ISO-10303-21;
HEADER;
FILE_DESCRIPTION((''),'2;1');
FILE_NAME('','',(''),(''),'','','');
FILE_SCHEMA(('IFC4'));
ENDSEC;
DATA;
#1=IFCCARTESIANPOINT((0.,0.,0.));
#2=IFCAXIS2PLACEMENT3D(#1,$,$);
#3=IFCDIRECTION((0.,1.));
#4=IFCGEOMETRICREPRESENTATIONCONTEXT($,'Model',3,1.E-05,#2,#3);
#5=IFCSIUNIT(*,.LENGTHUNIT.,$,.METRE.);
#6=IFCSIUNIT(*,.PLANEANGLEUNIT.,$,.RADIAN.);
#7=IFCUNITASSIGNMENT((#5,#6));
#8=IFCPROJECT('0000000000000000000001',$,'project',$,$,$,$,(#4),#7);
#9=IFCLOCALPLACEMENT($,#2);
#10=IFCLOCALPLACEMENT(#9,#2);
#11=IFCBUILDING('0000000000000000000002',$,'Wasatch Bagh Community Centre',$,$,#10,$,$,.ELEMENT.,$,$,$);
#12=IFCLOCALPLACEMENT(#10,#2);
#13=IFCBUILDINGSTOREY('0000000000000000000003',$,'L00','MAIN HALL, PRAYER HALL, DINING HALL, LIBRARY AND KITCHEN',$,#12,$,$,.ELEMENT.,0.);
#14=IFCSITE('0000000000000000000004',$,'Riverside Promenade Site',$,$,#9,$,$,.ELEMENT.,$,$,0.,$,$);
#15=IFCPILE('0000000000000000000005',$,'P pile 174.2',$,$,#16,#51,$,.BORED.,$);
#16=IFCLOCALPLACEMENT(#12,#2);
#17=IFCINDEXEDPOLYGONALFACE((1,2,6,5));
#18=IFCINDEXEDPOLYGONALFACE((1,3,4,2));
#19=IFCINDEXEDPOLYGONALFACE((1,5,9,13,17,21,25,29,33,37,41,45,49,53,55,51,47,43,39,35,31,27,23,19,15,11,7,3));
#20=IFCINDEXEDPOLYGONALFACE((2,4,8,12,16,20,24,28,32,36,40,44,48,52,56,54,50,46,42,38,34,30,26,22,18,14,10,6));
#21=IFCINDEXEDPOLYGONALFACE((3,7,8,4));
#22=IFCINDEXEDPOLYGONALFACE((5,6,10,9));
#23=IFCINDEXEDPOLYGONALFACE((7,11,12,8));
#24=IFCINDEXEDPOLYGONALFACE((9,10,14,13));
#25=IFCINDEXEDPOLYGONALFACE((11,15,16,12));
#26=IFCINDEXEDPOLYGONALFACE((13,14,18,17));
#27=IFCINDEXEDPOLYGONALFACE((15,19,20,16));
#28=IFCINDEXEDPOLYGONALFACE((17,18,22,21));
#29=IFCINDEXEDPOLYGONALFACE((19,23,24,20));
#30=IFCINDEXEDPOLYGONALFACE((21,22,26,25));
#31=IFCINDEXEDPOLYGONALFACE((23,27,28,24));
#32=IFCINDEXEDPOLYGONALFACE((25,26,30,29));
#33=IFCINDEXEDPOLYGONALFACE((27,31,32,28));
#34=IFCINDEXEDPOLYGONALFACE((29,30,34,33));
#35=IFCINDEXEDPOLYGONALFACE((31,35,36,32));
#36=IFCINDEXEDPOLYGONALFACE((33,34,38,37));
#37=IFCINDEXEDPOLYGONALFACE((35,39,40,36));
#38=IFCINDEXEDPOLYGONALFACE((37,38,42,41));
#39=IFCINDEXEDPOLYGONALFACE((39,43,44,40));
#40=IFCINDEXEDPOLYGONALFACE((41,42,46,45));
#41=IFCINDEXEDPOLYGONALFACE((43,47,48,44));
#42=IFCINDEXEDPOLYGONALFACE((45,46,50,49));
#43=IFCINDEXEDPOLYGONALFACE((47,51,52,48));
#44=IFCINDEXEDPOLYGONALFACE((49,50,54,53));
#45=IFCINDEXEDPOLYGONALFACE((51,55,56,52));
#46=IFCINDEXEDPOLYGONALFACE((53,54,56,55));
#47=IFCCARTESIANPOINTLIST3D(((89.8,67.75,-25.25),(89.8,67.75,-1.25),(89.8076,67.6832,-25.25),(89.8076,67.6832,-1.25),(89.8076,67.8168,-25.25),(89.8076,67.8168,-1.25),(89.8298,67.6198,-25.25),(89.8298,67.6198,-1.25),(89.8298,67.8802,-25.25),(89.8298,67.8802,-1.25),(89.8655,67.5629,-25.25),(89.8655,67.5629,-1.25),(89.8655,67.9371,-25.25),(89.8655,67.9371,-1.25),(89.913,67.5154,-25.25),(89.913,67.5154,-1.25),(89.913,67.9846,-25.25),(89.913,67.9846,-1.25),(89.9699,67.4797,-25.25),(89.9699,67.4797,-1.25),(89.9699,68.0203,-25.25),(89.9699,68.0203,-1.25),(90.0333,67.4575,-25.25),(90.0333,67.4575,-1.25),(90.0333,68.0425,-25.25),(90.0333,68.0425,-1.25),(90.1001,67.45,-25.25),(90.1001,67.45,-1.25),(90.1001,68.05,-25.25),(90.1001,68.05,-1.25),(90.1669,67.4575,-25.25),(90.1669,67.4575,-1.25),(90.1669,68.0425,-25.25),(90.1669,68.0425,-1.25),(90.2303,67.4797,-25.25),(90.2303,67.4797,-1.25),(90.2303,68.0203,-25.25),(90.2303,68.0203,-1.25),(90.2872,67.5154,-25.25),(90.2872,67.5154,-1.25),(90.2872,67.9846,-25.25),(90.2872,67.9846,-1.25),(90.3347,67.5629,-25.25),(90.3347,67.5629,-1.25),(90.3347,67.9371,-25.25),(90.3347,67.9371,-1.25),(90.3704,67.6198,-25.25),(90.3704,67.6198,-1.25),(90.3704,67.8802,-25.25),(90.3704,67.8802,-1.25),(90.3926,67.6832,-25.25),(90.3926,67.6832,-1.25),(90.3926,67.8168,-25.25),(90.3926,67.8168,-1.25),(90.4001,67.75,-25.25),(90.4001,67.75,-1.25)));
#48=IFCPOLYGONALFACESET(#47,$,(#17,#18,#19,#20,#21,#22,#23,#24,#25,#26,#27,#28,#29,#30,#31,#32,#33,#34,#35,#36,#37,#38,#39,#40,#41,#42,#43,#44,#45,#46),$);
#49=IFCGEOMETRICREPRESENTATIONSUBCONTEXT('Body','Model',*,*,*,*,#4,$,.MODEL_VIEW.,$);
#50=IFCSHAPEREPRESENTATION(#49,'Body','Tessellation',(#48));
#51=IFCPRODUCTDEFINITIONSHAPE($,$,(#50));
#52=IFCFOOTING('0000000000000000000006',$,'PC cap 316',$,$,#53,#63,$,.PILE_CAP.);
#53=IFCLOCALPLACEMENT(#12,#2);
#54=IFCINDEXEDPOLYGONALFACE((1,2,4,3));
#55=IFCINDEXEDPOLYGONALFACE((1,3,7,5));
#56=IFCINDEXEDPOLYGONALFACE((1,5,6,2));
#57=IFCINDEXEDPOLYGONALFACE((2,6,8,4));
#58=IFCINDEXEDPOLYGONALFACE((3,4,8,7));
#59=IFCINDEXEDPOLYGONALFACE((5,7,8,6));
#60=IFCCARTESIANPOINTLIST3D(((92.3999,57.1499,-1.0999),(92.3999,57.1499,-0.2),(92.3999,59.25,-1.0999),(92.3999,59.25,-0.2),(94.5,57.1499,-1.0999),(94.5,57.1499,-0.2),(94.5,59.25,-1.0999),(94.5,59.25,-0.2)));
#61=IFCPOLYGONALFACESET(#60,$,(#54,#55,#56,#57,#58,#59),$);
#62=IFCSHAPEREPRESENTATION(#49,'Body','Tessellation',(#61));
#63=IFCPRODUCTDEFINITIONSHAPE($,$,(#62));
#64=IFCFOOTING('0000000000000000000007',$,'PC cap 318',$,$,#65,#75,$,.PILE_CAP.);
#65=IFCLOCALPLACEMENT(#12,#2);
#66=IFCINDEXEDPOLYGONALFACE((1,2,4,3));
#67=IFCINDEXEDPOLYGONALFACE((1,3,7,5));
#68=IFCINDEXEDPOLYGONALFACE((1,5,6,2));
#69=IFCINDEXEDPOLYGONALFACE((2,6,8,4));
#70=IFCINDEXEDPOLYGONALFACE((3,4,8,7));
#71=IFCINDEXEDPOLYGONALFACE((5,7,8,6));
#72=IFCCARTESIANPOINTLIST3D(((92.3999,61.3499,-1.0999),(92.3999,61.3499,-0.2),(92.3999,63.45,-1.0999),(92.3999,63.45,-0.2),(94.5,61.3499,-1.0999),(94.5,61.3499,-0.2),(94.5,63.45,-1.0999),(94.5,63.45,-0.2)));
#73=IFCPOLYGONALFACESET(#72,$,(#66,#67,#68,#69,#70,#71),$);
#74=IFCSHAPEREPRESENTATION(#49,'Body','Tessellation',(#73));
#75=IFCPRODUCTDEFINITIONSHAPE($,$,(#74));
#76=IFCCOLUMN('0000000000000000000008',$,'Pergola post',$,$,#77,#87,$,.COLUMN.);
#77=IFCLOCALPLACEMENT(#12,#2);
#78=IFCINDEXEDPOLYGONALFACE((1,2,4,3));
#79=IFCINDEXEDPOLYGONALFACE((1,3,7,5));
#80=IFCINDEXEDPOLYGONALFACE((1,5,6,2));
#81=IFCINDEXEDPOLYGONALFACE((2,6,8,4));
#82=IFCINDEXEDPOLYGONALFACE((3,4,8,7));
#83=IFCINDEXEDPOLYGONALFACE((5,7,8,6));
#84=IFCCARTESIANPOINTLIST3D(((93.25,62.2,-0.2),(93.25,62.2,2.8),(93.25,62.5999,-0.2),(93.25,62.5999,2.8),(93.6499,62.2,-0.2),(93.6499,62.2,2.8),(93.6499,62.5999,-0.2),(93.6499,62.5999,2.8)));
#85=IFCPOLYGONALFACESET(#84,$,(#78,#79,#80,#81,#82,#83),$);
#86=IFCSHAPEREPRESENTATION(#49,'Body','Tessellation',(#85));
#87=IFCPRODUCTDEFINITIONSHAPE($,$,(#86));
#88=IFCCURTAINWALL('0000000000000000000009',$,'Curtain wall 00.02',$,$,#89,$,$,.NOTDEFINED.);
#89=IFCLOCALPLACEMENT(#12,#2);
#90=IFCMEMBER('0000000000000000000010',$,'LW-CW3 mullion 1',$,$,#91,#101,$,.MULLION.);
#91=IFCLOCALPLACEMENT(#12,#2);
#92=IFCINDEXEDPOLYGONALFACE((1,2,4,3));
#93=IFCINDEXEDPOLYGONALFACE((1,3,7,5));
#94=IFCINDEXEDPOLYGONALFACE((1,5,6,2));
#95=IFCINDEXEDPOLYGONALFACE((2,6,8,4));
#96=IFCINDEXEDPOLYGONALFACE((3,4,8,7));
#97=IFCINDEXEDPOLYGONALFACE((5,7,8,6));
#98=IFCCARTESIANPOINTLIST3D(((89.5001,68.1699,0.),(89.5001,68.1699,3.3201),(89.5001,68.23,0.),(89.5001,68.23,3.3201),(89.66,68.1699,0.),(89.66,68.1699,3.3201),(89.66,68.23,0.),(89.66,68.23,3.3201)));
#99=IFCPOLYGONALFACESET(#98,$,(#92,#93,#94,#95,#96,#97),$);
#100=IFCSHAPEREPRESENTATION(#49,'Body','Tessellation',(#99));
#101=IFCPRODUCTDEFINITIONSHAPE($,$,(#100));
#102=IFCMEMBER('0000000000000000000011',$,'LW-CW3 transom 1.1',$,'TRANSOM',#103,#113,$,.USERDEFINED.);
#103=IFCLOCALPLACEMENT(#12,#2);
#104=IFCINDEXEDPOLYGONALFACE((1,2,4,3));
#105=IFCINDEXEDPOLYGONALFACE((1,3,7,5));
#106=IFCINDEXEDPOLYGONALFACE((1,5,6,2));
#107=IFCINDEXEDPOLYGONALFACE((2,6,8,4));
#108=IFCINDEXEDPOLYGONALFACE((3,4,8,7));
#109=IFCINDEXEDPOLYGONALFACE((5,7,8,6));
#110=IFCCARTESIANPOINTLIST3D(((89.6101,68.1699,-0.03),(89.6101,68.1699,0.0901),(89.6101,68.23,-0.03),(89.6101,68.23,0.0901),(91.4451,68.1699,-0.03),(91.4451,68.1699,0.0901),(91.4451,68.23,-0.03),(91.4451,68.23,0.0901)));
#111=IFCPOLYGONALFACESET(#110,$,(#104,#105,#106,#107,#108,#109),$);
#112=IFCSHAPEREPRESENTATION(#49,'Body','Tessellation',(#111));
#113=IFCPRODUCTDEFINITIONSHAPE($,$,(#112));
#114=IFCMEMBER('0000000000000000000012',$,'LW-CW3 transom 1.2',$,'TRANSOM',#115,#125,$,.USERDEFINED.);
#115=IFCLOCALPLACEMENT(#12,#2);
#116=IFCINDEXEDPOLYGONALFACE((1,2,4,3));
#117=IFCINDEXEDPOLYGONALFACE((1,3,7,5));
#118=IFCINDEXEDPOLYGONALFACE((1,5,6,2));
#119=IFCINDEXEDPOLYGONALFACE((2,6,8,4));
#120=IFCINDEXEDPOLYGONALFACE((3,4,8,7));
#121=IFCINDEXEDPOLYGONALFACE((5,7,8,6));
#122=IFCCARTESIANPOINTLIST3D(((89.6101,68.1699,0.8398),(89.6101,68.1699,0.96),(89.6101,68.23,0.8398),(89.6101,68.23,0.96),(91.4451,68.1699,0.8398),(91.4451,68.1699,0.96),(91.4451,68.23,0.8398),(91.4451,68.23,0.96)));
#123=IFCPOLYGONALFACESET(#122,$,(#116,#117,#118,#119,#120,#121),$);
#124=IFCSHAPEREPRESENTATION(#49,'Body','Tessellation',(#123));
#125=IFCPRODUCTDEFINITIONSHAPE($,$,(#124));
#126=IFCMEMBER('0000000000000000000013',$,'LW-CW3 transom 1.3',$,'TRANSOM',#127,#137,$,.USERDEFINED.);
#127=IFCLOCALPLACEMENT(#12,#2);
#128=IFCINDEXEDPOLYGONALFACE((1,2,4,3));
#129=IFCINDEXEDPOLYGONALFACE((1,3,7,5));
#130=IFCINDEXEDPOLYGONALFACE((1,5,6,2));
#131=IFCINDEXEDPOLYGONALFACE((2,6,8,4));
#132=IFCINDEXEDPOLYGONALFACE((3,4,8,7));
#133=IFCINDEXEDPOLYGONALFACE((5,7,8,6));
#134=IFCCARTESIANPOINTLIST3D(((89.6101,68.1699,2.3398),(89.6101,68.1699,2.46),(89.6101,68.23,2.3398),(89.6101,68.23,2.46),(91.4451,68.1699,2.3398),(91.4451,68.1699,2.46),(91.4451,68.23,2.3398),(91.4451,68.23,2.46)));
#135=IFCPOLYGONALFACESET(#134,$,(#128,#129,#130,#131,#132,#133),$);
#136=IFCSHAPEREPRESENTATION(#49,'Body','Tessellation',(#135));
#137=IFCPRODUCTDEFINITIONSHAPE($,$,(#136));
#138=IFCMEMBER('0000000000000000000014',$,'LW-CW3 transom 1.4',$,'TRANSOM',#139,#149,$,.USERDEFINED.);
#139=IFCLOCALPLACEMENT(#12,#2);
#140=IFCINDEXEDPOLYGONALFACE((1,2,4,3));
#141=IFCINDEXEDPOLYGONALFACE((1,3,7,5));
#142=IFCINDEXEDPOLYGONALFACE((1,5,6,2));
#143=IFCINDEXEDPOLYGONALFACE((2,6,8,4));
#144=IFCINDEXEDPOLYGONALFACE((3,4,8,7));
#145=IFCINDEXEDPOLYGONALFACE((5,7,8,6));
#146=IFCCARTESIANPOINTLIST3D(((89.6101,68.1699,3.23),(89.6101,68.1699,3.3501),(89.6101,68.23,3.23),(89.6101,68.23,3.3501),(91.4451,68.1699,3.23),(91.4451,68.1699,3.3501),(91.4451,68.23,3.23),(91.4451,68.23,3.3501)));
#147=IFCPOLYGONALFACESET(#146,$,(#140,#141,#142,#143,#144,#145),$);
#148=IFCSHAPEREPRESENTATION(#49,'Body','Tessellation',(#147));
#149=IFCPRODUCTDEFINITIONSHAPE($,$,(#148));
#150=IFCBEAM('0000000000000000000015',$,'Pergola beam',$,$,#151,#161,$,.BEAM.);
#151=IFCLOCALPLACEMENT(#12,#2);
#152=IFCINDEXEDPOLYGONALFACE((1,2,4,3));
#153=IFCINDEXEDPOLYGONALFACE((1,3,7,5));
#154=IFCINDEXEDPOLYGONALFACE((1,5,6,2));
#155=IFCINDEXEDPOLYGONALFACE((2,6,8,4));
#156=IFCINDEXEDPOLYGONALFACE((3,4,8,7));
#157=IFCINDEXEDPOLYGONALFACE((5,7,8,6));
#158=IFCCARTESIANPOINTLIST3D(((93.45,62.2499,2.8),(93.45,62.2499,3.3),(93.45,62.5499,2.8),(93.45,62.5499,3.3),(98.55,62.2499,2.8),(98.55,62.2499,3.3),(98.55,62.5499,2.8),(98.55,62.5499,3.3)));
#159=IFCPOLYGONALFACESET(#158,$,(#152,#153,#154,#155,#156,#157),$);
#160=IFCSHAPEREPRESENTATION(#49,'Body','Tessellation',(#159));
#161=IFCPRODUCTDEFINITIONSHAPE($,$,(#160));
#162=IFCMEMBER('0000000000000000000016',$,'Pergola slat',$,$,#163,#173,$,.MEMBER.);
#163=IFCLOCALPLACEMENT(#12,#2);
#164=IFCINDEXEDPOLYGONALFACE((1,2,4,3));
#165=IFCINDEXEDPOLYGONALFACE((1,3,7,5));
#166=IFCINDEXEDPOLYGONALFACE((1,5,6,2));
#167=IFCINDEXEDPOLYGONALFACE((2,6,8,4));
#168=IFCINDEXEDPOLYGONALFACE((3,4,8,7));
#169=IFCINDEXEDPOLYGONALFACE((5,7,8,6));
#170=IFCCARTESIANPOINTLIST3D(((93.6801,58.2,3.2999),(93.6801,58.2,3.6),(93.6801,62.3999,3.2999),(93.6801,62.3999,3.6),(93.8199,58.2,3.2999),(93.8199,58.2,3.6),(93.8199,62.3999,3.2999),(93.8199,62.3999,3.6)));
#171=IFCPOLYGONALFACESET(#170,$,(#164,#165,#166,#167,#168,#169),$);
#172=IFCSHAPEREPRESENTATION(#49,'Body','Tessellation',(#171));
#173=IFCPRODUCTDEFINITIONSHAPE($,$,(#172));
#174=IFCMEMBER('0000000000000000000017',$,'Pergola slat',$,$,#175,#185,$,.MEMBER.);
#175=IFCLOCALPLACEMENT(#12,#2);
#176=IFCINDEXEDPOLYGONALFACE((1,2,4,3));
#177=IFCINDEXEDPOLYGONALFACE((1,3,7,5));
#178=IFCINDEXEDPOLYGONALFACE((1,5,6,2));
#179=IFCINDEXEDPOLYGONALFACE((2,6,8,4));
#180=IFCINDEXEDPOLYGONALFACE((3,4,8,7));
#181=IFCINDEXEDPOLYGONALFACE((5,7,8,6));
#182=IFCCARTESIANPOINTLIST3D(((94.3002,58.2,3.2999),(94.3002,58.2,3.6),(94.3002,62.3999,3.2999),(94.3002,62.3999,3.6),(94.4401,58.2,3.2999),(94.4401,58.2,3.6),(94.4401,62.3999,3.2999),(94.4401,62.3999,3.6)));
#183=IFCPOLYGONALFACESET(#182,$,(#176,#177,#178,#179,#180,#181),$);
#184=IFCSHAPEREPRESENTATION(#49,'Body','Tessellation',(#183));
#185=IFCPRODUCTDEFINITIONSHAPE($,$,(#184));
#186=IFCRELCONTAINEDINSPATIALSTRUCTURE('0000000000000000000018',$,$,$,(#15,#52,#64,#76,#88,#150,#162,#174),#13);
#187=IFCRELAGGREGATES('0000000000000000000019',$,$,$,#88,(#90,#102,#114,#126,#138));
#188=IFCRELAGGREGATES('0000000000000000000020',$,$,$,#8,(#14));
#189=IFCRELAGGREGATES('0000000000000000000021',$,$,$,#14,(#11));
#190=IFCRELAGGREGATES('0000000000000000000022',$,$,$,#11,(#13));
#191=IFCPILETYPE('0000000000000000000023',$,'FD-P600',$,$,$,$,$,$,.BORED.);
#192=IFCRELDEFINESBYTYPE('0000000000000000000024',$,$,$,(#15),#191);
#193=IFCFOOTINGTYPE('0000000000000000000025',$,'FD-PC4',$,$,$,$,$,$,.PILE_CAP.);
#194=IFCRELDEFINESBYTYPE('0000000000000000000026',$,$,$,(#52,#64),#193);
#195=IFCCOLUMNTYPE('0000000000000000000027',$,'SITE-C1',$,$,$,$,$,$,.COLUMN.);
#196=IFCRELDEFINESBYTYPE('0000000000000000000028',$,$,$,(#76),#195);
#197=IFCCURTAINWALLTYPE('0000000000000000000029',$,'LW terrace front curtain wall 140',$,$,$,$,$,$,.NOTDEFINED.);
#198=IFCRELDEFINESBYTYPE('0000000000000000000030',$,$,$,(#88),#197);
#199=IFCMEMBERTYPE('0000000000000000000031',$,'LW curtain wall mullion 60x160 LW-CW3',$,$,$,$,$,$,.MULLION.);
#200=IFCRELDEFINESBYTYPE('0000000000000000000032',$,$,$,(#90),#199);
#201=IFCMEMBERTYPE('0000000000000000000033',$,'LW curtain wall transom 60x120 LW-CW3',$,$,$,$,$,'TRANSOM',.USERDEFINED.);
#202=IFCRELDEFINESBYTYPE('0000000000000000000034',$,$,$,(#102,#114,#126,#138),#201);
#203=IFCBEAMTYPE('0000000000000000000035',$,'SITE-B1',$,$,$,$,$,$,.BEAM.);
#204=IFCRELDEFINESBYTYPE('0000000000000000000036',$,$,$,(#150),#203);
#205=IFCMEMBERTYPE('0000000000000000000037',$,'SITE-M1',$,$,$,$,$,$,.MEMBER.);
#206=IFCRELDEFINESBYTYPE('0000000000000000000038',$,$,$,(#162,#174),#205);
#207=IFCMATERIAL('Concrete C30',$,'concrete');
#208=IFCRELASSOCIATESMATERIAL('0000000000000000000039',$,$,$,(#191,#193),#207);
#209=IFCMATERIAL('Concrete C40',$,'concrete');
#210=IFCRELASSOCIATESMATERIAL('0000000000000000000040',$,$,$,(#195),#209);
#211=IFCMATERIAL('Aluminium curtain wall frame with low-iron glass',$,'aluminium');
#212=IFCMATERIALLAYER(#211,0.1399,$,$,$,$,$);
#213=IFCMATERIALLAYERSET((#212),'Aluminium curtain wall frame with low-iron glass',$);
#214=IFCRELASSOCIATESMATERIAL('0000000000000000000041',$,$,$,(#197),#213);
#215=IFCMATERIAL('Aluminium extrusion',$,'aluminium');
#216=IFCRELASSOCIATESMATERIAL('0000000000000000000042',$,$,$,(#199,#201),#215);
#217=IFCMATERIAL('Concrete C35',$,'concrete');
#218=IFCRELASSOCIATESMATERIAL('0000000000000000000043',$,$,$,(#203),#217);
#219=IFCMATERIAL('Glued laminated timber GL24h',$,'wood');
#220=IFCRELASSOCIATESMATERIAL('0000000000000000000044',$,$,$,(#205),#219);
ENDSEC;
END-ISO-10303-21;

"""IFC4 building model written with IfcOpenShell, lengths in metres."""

from ifc_helpers import new_model, si_unit, direction, frame, origin, origin_2d, place, context, subcontext, project, spatial, rectangle, circle, extrude, material, layer, layer_set, material_profile, profile_set, type_object, element, aggregate, save


model = new_model("IFC4")

# Units and contexts
model_context = context("Model", 3, precision=1e-05, world=origin(), true_north=direction((0.0, 1.0)))
body_context = subcontext(model_context, "Body", "Model", "MODEL_VIEW")
ifc_project = project(units=[si_unit("LENGTHUNIT", "METRE"), si_unit("PLANEANGLEUNIT", "RADIAN")], contexts=[model_context])

# Site, building, storey
site_placement = place(None, origin())
site = spatial("IfcSite", under=ifc_project, at=site_placement, Name="Riverside Promenade Site", CompositionType="ELEMENT", RefElevation=0.0)
building_placement = place(site_placement, origin())
building = spatial("IfcBuilding", under=site, at=building_placement, Name="Wasatch Bagh Community Centre", CompositionType="ELEMENT")
storey_placement = place(building_placement, origin())
storey = spatial("IfcBuildingStorey", under=building, at=storey_placement, Name="L00", Description="MAIN HALL, PRAYER HALL, DINING HALL, LIBRARY AND KITCHEN", CompositionType="ELEMENT", Elevation=0.0)

# Pile
ifc_material_1 = material(Name="Concrete C30", Category="concrete")
ifc_material_profile_1 = material_profile(ifc_material_1, circle(Radius=0.3, at=origin_2d()), Name="RC D600")
ifc_profile_set_1 = profile_set([ifc_material_profile_1], Name="Concrete C30")
pile_type_1 = type_object("IfcPileType", Name="FD-P600", PredefinedType="BORED", material=ifc_profile_set_1)
pile_placement = place(storey_placement, frame((90.1001, 67.75, -1.25), z_axis=(0.0, 0.0, -1.0), x_axis=(1.0, 0.0, 0.0)))
element("IfcPile", 1, at=pile_placement, inside=storey, type_object=pile_type_1, Name="P pile 174.2", PredefinedType="BORED", context=body_context, shape_type="SweptSolid", body=[
    extrude(circle(Radius=0.3, at=origin_2d()), origin(), (0.0, 0.0, 1.0), 24.0),
])

# Footings
footing_type = type_object("IfcFootingType", Name="FD-PC4", PredefinedType="PILE_CAP", material=ifc_material_1)
for number, where, z_axis, x_axis, name in (
    (2, (93.45, 58.2, -1.0999), (0.0, 0.0, 1.0), (1.0, 0.0, 0.0), "PC cap 316"),
    (3, (93.45, 62.3999, -1.0999), (0.0, 0.0, 1.0), (1.0, 0.0, 0.0), "PC cap 318"),
):
    element("IfcFooting", number, at=place(storey_placement, frame(where, z_axis=z_axis, x_axis=x_axis)), inside=storey, type_object=footing_type, Name=name, PredefinedType="PILE_CAP", context=body_context, shape_type="SweptSolid", body=[
        extrude(rectangle(XDim=2.1001, YDim=2.1001, at=origin_2d()), origin(), (0.0, 0.0, 1.0), 0.8999),
    ])

# Column
ifc_material_2 = material(Name="Concrete C40", Category="concrete")
ifc_material_profile_2 = material_profile(ifc_material_2, rectangle(XDim=0.3999, YDim=0.3999, at=origin_2d()), Name="RC 400x400")
ifc_profile_set_2 = profile_set([ifc_material_profile_2], Name="Concrete C40")
column_type = type_object("IfcColumnType", Name="SITE-C1", PredefinedType="COLUMN", material=ifc_profile_set_2)
column_placement = place(storey_placement, frame((93.45, 62.3999, -0.2), z_axis=(0.0, 0.0, 1.0), x_axis=(1.0, 0.0, 0.0)))
element("IfcColumn", 4, at=column_placement, inside=storey, type_object=column_type, Name="Pergola post", PredefinedType="COLUMN", context=body_context, shape_type="SweptSolid", body=[
    extrude(rectangle(XDim=0.3999, YDim=0.3999, at=origin_2d()), origin(), (0.0, 0.0, 1.0), 3.0),
])

# Curtain wall, members
ifc_material_3 = material(Name="Aluminium curtain wall frame with low-iron glass", Category="aluminium")
ifc_layer_1 = layer(ifc_material_3, 0.1399)
ifc_layer_set_1 = layer_set([ifc_layer_1], Name="Aluminium curtain wall frame with low-iron glass")
curtain_wall_type = type_object("IfcCurtainWallType", Name="LW terrace front curtain wall 140", PredefinedType="NOTDEFINED", material=ifc_layer_set_1)
curtain_wall_placement = place(storey_placement, origin())
curtain_wall = element("IfcCurtainWall", 5, at=curtain_wall_placement, inside=storey, type_object=curtain_wall_type, Name="Curtain wall 00.02", PredefinedType="NOTDEFINED")
ifc_material_4 = material(Name="Aluminium extrusion", Category="aluminium")
ifc_material_profile_3 = material_profile(ifc_material_4, rectangle(XDim=0.0601, YDim=0.1599, at=origin_2d()), Name="AL 60x160")
ifc_profile_set_3 = profile_set([ifc_material_profile_3], Name="Aluminium extrusion")
member_type_1 = type_object("IfcMemberType", Name="LW curtain wall mullion 60x160 LW-CW3", PredefinedType="MULLION", material=ifc_profile_set_3)
member_1_placement = place(storey_placement, frame((89.5801, 68.2, 0.0), z_axis=(0.0, 0.0, 1.0), x_axis=(0.0, 1.0, 0.0)))
member_1 = element("IfcMember", 6, at=member_1_placement, type_object=member_type_1, Name="LW-CW3 mullion 1", PredefinedType="MULLION", context=body_context, shape_type="SweptSolid", body=[
    extrude(rectangle(XDim=0.0601, YDim=0.1599, at=origin_2d()), origin(), (0.0, 0.0, 1.0), 3.3201),
])
ifc_material_profile_4 = material_profile(ifc_material_4, rectangle(XDim=0.0601, YDim=0.1201, at=origin_2d()), Name="AL 60x120")
ifc_profile_set_4 = profile_set([ifc_material_profile_4], Name="Aluminium extrusion")
member_type_2 = type_object("IfcMemberType", Name="LW curtain wall transom 60x120 LW-CW3", ElementType="TRANSOM", PredefinedType="USERDEFINED", material=ifc_profile_set_4)
member_2_placement = place(storey_placement, frame((89.6101, 68.2, 0.03), z_axis=(1.0, 0.0, 0.0), x_axis=(0.0, 1.0, 0.0)))
member_2 = element("IfcMember", 7, at=member_2_placement, type_object=member_type_2, Name="LW-CW3 transom 1.1", ObjectType="TRANSOM", PredefinedType="USERDEFINED", context=body_context, shape_type="SweptSolid", body=[
    extrude(rectangle(XDim=0.0601, YDim=0.1201, at=origin_2d()), origin(), (0.0, 0.0, 1.0), 1.835),
])
member_3_placement = place(storey_placement, frame((89.6101, 68.2, 0.8999), z_axis=(1.0, 0.0, 0.0), x_axis=(0.0, 1.0, 0.0)))
member_3 = element("IfcMember", 8, at=member_3_placement, type_object=member_type_2, Name="LW-CW3 transom 1.2", ObjectType="TRANSOM", PredefinedType="USERDEFINED", context=body_context, shape_type="SweptSolid", body=[
    extrude(rectangle(XDim=0.0601, YDim=0.1201, at=origin_2d()), origin(), (0.0, 0.0, 1.0), 1.835),
])
member_4_placement = place(storey_placement, frame((89.6101, 68.2, 2.3999), z_axis=(1.0, 0.0, 0.0), x_axis=(0.0, 1.0, 0.0)))
member_4 = element("IfcMember", 9, at=member_4_placement, type_object=member_type_2, Name="LW-CW3 transom 1.3", ObjectType="TRANSOM", PredefinedType="USERDEFINED", context=body_context, shape_type="SweptSolid", body=[
    extrude(rectangle(XDim=0.0601, YDim=0.1201, at=origin_2d()), origin(), (0.0, 0.0, 1.0), 1.835),
])
member_5_placement = place(storey_placement, frame((89.6101, 68.2, 3.29), z_axis=(1.0, 0.0, 0.0), x_axis=(0.0, 1.0, 0.0)))
member_5 = element("IfcMember", 10, at=member_5_placement, type_object=member_type_2, Name="LW-CW3 transom 1.4", ObjectType="TRANSOM", PredefinedType="USERDEFINED", context=body_context, shape_type="SweptSolid", body=[
    extrude(rectangle(XDim=0.0601, YDim=0.1201, at=origin_2d()), origin(), (0.0, 0.0, 1.0), 1.835),
])

# Beam
ifc_material_5 = material(Name="Concrete C35", Category="concrete")
ifc_material_profile_5 = material_profile(ifc_material_5, rectangle(XDim=0.3, YDim=0.5, at=origin_2d()), Name="RC 300x500")
ifc_profile_set_5 = profile_set([ifc_material_profile_5], Name="Concrete C35")
beam_type = type_object("IfcBeamType", Name="SITE-B1", PredefinedType="BEAM", material=ifc_profile_set_5)
beam_placement = place(storey_placement, frame((93.45, 62.3999, 3.05), z_axis=(1.0, 0.0, 0.0), x_axis=(0.0, 1.0, 0.0)))
element("IfcBeam", 11, at=beam_placement, inside=storey, type_object=beam_type, Name="Pergola beam", PredefinedType="BEAM", context=body_context, shape_type="SweptSolid", body=[
    extrude(rectangle(XDim=0.3, YDim=0.5, at=origin_2d()), origin(), (0.0, 0.0, 1.0), 5.1001),
])

# Members
ifc_material_6 = material(Name="Glued laminated timber GL24h", Category="wood")
ifc_material_profile_6 = material_profile(ifc_material_6, rectangle(XDim=0.1399, YDim=0.3, at=origin_2d()), Name="GL 140x300")
ifc_profile_set_6 = profile_set([ifc_material_profile_6], Name="Glued laminated timber GL24h")
member_type_3 = type_object("IfcMemberType", Name="SITE-M1", PredefinedType="MEMBER", material=ifc_profile_set_6)
for number, where, z_axis, x_axis, name in (
    (12, (93.75, 58.2, 3.45), (0.0, 1.0, 0.0), (-1.0, 0.0, 0.0), "Pergola slat"),
    (13, (94.3701, 58.2, 3.45), (0.0, 1.0, 0.0), (-1.0, 0.0, 0.0), "Pergola slat"),
):
    element("IfcMember", number, at=place(storey_placement, frame(where, z_axis=z_axis, x_axis=x_axis)), inside=storey, type_object=member_type_3, Name=name, PredefinedType="MEMBER", context=body_context, shape_type="SweptSolid", body=[
        extrude(rectangle(XDim=0.1399, YDim=0.3, at=origin_2d()), origin(), (0.0, 0.0, 1.0), 4.2),
    ])

aggregate(curtain_wall, [member_1, member_2, member_3, member_4, member_5])

save(model, "model.ifc")
